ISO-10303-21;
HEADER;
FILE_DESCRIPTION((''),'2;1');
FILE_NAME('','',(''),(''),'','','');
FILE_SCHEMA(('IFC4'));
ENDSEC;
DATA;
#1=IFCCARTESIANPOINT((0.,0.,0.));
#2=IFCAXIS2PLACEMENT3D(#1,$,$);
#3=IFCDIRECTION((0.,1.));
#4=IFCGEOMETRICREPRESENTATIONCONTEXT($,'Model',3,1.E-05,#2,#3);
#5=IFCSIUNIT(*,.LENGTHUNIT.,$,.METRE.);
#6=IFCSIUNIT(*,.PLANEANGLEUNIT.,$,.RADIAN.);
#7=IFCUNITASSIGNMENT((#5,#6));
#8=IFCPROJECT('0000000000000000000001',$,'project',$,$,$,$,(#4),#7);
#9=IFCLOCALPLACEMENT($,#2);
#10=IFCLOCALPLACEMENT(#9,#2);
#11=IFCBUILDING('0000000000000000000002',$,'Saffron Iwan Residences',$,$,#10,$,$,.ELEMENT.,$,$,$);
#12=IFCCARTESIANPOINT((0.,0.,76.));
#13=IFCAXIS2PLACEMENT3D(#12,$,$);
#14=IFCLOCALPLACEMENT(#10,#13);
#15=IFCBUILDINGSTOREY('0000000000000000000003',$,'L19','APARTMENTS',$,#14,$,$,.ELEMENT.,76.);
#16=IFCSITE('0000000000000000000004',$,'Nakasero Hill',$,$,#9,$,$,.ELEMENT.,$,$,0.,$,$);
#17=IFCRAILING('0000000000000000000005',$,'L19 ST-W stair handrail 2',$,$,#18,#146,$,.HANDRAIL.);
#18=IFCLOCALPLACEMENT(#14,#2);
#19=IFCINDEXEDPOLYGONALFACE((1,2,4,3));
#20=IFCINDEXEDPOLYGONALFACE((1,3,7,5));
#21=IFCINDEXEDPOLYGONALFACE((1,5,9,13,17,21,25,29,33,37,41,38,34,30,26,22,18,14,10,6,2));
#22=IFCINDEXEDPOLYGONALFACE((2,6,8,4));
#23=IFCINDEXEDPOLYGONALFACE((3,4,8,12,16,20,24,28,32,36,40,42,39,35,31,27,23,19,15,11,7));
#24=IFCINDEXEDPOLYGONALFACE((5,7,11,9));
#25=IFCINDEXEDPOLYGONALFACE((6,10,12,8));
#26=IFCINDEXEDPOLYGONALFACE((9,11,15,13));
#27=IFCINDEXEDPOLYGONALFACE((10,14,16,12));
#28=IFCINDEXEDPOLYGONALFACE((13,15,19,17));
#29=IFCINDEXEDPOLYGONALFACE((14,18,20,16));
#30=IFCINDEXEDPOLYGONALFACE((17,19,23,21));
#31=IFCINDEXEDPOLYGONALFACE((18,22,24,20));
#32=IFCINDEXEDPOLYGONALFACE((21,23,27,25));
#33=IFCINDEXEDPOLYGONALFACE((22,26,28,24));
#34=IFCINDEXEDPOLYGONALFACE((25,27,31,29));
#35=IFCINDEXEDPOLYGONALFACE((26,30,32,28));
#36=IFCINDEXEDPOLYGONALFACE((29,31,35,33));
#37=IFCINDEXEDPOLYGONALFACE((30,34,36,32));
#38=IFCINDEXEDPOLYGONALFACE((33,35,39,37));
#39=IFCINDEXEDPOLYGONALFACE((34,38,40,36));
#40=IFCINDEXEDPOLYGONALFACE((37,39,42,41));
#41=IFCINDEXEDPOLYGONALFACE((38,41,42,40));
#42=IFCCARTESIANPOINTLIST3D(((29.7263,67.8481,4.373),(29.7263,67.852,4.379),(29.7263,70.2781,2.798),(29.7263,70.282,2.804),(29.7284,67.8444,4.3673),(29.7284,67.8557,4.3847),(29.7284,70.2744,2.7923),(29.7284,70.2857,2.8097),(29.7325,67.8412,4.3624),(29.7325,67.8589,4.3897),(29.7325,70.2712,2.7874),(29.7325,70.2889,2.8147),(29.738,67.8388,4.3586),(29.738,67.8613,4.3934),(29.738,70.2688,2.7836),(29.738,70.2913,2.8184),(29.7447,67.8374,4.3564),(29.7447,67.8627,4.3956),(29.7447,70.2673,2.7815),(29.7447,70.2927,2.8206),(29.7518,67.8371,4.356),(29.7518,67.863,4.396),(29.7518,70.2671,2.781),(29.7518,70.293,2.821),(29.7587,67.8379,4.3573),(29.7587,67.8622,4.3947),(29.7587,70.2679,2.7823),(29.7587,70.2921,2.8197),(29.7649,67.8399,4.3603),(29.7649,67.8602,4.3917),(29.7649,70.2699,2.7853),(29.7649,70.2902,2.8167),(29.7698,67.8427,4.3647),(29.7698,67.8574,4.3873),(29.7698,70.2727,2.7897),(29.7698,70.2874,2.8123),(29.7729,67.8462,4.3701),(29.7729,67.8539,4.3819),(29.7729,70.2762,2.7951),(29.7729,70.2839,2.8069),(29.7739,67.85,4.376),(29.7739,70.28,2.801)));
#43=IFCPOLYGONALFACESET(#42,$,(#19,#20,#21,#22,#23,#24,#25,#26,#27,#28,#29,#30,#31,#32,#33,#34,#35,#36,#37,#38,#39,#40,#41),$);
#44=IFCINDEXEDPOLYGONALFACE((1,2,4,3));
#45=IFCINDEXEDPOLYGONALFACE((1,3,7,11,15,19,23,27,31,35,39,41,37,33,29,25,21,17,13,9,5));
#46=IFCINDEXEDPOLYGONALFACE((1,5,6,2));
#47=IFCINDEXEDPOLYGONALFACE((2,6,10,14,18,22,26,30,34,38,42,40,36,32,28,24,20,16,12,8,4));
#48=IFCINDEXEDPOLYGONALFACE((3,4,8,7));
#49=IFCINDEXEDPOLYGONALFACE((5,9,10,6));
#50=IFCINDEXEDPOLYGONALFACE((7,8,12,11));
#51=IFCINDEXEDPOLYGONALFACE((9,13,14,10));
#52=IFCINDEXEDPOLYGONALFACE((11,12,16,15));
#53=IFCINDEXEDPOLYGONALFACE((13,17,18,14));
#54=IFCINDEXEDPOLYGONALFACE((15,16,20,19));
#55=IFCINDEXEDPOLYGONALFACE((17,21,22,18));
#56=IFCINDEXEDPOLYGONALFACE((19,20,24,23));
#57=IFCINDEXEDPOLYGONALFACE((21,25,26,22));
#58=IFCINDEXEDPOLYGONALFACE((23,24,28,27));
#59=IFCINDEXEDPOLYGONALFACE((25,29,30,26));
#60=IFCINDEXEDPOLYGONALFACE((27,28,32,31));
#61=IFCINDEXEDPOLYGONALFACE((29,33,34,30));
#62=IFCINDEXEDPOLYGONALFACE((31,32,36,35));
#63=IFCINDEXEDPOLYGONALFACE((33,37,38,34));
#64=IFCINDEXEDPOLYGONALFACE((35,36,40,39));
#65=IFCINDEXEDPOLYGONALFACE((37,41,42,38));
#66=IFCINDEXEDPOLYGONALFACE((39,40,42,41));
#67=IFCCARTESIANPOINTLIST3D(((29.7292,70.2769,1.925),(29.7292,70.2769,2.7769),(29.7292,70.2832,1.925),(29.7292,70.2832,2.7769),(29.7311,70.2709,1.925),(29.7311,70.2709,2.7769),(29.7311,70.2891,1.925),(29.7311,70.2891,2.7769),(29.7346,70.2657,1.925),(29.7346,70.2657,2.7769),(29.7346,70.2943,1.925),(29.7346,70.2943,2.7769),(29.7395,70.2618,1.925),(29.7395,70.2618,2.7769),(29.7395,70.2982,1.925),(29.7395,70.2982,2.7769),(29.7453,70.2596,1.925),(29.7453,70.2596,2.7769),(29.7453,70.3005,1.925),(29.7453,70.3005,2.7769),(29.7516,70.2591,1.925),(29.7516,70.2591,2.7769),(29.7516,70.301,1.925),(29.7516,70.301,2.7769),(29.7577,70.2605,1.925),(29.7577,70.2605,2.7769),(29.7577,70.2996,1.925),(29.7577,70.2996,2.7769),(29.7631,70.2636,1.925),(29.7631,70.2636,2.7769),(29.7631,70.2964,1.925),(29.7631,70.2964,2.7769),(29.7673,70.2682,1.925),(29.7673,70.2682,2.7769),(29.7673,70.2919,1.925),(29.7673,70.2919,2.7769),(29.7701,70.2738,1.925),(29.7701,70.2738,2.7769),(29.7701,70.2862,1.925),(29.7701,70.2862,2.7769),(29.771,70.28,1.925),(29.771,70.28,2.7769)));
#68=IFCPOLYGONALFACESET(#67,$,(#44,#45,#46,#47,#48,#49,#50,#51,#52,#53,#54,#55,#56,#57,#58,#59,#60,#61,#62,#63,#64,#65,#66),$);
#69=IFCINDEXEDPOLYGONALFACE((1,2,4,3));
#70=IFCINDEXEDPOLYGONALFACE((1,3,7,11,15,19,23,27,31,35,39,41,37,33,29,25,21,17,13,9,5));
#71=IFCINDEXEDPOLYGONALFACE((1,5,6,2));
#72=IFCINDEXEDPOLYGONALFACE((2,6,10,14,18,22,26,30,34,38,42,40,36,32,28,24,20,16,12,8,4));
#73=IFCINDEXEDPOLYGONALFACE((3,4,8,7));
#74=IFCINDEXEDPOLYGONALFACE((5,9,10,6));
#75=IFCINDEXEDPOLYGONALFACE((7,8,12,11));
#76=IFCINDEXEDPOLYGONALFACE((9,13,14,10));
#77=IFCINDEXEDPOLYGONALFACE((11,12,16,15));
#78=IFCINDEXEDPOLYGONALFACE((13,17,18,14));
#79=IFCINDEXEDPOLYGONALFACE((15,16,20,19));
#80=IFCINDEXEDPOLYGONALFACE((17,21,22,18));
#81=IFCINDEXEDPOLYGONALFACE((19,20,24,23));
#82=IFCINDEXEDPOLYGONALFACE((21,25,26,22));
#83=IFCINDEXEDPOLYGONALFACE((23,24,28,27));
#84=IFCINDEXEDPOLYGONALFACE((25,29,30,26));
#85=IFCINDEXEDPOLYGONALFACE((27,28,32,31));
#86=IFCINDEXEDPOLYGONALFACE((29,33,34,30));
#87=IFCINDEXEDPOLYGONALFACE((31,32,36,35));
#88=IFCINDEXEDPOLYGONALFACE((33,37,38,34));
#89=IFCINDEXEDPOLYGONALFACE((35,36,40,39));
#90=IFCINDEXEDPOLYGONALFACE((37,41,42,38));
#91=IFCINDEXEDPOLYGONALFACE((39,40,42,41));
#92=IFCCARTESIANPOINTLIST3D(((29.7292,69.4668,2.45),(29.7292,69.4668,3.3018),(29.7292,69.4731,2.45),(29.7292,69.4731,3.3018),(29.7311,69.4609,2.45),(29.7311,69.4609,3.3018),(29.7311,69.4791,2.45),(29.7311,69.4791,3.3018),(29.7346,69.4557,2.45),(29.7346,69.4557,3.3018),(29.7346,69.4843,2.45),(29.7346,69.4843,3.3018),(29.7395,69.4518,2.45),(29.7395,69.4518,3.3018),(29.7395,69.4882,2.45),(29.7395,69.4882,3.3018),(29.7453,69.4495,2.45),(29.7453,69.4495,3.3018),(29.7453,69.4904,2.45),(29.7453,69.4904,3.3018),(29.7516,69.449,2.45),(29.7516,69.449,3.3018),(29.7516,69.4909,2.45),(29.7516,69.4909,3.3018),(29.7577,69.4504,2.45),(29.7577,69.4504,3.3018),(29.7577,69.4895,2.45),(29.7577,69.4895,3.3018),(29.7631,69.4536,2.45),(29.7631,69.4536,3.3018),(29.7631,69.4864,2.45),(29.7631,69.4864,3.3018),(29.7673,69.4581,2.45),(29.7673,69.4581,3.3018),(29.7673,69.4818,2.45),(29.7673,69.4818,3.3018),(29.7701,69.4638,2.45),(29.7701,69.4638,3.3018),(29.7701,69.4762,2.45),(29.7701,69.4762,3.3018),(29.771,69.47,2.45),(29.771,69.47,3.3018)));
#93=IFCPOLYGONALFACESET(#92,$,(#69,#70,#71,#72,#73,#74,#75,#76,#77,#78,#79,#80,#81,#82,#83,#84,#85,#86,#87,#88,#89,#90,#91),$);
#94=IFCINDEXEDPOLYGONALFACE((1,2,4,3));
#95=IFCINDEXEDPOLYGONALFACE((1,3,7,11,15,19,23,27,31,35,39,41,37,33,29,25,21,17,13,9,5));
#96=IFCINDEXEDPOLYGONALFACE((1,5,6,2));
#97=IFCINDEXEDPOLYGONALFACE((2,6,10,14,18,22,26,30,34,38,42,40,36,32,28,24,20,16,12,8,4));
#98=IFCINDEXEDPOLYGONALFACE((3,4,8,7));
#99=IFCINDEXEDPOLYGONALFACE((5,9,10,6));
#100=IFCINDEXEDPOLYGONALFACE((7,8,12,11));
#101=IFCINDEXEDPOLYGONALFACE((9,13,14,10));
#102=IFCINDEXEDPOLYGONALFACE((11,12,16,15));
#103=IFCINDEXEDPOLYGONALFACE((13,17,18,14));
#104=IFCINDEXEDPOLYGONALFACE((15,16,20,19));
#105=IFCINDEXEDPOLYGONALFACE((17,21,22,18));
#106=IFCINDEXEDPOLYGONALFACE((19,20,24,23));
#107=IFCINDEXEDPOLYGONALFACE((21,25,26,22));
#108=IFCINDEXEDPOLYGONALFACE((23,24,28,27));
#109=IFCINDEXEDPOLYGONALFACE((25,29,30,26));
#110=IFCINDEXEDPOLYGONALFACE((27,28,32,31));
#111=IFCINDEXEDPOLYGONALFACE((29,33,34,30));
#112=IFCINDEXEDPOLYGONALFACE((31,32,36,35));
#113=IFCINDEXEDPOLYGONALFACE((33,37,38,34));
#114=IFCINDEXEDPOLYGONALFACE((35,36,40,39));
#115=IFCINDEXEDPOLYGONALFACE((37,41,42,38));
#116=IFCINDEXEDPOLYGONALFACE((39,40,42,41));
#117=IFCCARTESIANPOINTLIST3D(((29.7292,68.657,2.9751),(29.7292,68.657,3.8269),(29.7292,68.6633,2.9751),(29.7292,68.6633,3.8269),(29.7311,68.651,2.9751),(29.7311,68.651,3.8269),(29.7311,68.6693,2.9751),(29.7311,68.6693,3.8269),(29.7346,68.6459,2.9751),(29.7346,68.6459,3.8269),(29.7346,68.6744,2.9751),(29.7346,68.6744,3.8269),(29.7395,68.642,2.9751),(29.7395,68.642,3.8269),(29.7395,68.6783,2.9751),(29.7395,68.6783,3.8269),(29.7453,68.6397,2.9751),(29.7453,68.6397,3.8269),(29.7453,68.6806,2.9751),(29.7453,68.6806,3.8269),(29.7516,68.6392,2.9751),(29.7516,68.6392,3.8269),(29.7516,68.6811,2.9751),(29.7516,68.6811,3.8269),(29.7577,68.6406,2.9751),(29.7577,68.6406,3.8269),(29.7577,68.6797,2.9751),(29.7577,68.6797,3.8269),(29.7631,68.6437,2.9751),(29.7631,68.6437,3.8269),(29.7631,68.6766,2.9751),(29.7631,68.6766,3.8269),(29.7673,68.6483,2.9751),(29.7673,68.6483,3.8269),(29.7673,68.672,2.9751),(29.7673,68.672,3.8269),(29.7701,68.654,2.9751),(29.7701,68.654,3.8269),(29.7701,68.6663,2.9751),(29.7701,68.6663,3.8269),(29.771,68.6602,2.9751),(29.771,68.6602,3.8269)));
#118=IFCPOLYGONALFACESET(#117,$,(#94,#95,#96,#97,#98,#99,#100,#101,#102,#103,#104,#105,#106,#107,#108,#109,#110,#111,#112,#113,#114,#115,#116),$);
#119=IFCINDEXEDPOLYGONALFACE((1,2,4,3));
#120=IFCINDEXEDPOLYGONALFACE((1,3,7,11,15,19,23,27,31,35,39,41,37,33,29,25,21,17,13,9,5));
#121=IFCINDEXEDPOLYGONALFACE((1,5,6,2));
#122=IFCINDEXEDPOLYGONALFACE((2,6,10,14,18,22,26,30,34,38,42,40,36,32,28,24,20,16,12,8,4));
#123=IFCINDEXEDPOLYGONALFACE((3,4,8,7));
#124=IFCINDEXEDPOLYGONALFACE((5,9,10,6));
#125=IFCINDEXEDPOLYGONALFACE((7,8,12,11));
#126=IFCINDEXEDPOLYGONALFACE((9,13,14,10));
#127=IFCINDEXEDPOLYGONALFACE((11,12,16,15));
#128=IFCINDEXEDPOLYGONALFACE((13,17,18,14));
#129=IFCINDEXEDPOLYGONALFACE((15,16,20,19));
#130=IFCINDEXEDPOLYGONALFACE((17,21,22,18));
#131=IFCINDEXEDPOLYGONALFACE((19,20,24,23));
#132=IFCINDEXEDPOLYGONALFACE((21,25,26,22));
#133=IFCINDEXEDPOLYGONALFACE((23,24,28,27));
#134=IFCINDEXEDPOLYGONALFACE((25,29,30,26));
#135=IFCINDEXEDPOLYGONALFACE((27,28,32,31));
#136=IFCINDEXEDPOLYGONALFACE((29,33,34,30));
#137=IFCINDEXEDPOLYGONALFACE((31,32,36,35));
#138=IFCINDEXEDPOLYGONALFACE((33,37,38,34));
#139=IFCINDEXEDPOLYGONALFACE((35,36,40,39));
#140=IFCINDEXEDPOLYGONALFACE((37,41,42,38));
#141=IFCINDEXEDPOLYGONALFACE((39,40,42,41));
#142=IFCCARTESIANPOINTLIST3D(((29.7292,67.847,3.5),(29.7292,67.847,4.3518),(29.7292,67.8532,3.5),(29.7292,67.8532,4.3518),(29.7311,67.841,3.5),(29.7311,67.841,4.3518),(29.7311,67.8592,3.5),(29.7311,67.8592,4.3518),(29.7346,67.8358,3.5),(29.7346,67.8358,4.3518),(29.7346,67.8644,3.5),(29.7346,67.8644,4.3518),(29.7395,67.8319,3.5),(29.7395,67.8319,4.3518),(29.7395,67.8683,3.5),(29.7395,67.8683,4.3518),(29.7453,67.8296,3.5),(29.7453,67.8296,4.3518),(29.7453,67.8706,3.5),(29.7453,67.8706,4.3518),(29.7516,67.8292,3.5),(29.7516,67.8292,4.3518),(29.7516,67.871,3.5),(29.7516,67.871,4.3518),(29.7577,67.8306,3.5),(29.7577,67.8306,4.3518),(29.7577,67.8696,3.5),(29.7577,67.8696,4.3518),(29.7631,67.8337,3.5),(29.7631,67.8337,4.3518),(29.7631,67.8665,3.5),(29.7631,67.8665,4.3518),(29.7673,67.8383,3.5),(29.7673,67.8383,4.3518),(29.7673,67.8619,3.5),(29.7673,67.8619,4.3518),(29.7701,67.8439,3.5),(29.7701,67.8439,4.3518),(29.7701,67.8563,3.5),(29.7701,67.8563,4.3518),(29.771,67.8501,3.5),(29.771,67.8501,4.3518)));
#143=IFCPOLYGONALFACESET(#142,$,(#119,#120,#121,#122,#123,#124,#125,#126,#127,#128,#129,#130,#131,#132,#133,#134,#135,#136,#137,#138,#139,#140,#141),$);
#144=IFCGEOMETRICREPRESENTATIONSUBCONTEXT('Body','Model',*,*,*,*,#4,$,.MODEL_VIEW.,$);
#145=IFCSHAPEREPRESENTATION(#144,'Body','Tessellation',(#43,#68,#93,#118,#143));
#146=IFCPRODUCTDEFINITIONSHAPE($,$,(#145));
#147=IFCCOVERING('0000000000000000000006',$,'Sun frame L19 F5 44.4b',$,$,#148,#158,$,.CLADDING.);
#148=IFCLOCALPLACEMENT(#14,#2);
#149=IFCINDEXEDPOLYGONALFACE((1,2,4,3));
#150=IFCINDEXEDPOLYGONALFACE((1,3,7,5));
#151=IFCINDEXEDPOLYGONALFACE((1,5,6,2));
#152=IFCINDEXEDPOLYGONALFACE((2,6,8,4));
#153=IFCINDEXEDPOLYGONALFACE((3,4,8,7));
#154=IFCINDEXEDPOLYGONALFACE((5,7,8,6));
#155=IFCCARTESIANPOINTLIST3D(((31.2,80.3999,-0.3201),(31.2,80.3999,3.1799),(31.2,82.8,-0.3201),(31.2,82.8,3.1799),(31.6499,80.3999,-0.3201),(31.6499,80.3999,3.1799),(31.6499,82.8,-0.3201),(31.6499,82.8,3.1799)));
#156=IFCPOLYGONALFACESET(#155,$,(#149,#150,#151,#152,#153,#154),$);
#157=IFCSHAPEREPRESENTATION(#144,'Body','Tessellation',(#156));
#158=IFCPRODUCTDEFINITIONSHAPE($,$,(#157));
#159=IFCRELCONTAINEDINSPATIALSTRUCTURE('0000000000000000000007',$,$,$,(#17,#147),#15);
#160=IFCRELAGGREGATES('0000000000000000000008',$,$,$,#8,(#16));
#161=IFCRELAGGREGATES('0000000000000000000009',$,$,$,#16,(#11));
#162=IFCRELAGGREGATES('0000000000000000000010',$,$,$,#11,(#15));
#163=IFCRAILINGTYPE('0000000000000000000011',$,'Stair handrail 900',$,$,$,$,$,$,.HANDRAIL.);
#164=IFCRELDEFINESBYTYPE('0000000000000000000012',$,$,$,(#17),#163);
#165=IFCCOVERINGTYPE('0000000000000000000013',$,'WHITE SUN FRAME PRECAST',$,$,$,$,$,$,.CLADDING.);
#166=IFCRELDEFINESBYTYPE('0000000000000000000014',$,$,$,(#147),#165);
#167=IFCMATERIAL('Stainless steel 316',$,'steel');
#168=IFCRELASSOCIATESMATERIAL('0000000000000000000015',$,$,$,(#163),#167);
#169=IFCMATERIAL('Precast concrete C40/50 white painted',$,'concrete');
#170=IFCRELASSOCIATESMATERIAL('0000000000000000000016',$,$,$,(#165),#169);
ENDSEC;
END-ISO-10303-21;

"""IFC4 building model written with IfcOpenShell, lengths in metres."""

from ifc_helpers import new_model, si_unit, direction, frame, origin, origin_2d, place, context, subcontext, project, spatial, polyline, circle, outline, extrude, material, type_object, element, save


model = new_model("IFC4")

# Units and contexts
model_context = context("Model", 3, precision=1e-05, world=origin(), true_north=direction((0.0, 1.0)))
body_context = subcontext(model_context, "Body", "Model", "MODEL_VIEW")
ifc_project = project(units=[si_unit("LENGTHUNIT", "METRE"), si_unit("PLANEANGLEUNIT", "RADIAN")], contexts=[model_context])

# Site, building, storey
site_placement = place(None, origin())
site = spatial("IfcSite", under=ifc_project, at=site_placement, Name="Nakasero Hill", CompositionType="ELEMENT", RefElevation=0.0)
building_placement = place(site_placement, origin())
building = spatial("IfcBuilding", under=site, at=building_placement, Name="Saffron Iwan Residences", CompositionType="ELEMENT")
storey_placement = place(building_placement, frame((0.0, 0.0, 76.0)))
storey = spatial("IfcBuildingStorey", under=building, at=storey_placement, Name="L19", Description="APARTMENTS", CompositionType="ELEMENT", Elevation=76.0)

# Railing
ifc_material_1 = material(Name="Stainless steel 316", Category="steel")
railing_type_1 = type_object("IfcRailingType", Name="Stair handrail 900", PredefinedType="HANDRAIL", material=ifc_material_1)
railing_1_placement = place(storey_placement, frame((29.75, 70.28, 1.925)))
element("IfcRailing", 1, at=railing_1_placement, inside=storey, type_object=railing_type_1, Name="L19 ST-W stair handrail 2", PredefinedType="HANDRAIL", context=body_context, shape_type="SweptSolid", body=[
    extrude(circle(Radius=0.0239, at=origin_2d()), frame((0.0, 0.0, 0.876), z_axis=(0.0, -0.839154, 0.543894), x_axis=(1.0, 0.0, 0.0)), (0.0, 0.0, 1.0), 2.8958),
    extrude(circle(Radius=0.021, at=origin_2d()), origin(), (0.0, 0.0, 1.0), 0.8518),
    extrude(circle(Radius=0.021, at=origin_2d()), frame((0.0, -0.8101, 0.5249)), (0.0, 0.0, 1.0), 0.8518),
    extrude(circle(Radius=0.021, at=origin_2d()), frame((0.0, -1.6199, 1.05)), (0.0, 0.0, 1.0), 0.8518),
    extrude(circle(Radius=0.021, at=origin_2d()), frame((0.0, -2.4299, 1.575)), (0.0, 0.0, 1.0), 0.8518),
])

# Covering
ifc_material_2 = material(Name="Precast concrete C40/50 white painted", Category="concrete")
covering_type_1 = type_object("IfcCoveringType", Name="WHITE SUN FRAME PRECAST", PredefinedType="CLADDING", material=ifc_material_2)
covering_1_placement = place(storey_placement, frame((31.6499, 80.3999, -0.3201), z_axis=(0.0, 1.0, 0.0), x_axis=(-1.0, 0.0, 0.0)))
element("IfcCovering", 2, at=covering_1_placement, inside=storey, type_object=covering_type_1, Name="Sun frame L19 F5 44.4b", PredefinedType="CLADDING", context=body_context, shape_type="SweptSolid", body=[
    extrude(outline(polyline([(0.0, 0.0), (0.45, 0.0), (0.45, 3.5), (0.0, 3.5), (0.0, 0.0)])), origin(), (0.0, 0.0, 1.0), 2.4001),
])

save(model, "model.ifc")
